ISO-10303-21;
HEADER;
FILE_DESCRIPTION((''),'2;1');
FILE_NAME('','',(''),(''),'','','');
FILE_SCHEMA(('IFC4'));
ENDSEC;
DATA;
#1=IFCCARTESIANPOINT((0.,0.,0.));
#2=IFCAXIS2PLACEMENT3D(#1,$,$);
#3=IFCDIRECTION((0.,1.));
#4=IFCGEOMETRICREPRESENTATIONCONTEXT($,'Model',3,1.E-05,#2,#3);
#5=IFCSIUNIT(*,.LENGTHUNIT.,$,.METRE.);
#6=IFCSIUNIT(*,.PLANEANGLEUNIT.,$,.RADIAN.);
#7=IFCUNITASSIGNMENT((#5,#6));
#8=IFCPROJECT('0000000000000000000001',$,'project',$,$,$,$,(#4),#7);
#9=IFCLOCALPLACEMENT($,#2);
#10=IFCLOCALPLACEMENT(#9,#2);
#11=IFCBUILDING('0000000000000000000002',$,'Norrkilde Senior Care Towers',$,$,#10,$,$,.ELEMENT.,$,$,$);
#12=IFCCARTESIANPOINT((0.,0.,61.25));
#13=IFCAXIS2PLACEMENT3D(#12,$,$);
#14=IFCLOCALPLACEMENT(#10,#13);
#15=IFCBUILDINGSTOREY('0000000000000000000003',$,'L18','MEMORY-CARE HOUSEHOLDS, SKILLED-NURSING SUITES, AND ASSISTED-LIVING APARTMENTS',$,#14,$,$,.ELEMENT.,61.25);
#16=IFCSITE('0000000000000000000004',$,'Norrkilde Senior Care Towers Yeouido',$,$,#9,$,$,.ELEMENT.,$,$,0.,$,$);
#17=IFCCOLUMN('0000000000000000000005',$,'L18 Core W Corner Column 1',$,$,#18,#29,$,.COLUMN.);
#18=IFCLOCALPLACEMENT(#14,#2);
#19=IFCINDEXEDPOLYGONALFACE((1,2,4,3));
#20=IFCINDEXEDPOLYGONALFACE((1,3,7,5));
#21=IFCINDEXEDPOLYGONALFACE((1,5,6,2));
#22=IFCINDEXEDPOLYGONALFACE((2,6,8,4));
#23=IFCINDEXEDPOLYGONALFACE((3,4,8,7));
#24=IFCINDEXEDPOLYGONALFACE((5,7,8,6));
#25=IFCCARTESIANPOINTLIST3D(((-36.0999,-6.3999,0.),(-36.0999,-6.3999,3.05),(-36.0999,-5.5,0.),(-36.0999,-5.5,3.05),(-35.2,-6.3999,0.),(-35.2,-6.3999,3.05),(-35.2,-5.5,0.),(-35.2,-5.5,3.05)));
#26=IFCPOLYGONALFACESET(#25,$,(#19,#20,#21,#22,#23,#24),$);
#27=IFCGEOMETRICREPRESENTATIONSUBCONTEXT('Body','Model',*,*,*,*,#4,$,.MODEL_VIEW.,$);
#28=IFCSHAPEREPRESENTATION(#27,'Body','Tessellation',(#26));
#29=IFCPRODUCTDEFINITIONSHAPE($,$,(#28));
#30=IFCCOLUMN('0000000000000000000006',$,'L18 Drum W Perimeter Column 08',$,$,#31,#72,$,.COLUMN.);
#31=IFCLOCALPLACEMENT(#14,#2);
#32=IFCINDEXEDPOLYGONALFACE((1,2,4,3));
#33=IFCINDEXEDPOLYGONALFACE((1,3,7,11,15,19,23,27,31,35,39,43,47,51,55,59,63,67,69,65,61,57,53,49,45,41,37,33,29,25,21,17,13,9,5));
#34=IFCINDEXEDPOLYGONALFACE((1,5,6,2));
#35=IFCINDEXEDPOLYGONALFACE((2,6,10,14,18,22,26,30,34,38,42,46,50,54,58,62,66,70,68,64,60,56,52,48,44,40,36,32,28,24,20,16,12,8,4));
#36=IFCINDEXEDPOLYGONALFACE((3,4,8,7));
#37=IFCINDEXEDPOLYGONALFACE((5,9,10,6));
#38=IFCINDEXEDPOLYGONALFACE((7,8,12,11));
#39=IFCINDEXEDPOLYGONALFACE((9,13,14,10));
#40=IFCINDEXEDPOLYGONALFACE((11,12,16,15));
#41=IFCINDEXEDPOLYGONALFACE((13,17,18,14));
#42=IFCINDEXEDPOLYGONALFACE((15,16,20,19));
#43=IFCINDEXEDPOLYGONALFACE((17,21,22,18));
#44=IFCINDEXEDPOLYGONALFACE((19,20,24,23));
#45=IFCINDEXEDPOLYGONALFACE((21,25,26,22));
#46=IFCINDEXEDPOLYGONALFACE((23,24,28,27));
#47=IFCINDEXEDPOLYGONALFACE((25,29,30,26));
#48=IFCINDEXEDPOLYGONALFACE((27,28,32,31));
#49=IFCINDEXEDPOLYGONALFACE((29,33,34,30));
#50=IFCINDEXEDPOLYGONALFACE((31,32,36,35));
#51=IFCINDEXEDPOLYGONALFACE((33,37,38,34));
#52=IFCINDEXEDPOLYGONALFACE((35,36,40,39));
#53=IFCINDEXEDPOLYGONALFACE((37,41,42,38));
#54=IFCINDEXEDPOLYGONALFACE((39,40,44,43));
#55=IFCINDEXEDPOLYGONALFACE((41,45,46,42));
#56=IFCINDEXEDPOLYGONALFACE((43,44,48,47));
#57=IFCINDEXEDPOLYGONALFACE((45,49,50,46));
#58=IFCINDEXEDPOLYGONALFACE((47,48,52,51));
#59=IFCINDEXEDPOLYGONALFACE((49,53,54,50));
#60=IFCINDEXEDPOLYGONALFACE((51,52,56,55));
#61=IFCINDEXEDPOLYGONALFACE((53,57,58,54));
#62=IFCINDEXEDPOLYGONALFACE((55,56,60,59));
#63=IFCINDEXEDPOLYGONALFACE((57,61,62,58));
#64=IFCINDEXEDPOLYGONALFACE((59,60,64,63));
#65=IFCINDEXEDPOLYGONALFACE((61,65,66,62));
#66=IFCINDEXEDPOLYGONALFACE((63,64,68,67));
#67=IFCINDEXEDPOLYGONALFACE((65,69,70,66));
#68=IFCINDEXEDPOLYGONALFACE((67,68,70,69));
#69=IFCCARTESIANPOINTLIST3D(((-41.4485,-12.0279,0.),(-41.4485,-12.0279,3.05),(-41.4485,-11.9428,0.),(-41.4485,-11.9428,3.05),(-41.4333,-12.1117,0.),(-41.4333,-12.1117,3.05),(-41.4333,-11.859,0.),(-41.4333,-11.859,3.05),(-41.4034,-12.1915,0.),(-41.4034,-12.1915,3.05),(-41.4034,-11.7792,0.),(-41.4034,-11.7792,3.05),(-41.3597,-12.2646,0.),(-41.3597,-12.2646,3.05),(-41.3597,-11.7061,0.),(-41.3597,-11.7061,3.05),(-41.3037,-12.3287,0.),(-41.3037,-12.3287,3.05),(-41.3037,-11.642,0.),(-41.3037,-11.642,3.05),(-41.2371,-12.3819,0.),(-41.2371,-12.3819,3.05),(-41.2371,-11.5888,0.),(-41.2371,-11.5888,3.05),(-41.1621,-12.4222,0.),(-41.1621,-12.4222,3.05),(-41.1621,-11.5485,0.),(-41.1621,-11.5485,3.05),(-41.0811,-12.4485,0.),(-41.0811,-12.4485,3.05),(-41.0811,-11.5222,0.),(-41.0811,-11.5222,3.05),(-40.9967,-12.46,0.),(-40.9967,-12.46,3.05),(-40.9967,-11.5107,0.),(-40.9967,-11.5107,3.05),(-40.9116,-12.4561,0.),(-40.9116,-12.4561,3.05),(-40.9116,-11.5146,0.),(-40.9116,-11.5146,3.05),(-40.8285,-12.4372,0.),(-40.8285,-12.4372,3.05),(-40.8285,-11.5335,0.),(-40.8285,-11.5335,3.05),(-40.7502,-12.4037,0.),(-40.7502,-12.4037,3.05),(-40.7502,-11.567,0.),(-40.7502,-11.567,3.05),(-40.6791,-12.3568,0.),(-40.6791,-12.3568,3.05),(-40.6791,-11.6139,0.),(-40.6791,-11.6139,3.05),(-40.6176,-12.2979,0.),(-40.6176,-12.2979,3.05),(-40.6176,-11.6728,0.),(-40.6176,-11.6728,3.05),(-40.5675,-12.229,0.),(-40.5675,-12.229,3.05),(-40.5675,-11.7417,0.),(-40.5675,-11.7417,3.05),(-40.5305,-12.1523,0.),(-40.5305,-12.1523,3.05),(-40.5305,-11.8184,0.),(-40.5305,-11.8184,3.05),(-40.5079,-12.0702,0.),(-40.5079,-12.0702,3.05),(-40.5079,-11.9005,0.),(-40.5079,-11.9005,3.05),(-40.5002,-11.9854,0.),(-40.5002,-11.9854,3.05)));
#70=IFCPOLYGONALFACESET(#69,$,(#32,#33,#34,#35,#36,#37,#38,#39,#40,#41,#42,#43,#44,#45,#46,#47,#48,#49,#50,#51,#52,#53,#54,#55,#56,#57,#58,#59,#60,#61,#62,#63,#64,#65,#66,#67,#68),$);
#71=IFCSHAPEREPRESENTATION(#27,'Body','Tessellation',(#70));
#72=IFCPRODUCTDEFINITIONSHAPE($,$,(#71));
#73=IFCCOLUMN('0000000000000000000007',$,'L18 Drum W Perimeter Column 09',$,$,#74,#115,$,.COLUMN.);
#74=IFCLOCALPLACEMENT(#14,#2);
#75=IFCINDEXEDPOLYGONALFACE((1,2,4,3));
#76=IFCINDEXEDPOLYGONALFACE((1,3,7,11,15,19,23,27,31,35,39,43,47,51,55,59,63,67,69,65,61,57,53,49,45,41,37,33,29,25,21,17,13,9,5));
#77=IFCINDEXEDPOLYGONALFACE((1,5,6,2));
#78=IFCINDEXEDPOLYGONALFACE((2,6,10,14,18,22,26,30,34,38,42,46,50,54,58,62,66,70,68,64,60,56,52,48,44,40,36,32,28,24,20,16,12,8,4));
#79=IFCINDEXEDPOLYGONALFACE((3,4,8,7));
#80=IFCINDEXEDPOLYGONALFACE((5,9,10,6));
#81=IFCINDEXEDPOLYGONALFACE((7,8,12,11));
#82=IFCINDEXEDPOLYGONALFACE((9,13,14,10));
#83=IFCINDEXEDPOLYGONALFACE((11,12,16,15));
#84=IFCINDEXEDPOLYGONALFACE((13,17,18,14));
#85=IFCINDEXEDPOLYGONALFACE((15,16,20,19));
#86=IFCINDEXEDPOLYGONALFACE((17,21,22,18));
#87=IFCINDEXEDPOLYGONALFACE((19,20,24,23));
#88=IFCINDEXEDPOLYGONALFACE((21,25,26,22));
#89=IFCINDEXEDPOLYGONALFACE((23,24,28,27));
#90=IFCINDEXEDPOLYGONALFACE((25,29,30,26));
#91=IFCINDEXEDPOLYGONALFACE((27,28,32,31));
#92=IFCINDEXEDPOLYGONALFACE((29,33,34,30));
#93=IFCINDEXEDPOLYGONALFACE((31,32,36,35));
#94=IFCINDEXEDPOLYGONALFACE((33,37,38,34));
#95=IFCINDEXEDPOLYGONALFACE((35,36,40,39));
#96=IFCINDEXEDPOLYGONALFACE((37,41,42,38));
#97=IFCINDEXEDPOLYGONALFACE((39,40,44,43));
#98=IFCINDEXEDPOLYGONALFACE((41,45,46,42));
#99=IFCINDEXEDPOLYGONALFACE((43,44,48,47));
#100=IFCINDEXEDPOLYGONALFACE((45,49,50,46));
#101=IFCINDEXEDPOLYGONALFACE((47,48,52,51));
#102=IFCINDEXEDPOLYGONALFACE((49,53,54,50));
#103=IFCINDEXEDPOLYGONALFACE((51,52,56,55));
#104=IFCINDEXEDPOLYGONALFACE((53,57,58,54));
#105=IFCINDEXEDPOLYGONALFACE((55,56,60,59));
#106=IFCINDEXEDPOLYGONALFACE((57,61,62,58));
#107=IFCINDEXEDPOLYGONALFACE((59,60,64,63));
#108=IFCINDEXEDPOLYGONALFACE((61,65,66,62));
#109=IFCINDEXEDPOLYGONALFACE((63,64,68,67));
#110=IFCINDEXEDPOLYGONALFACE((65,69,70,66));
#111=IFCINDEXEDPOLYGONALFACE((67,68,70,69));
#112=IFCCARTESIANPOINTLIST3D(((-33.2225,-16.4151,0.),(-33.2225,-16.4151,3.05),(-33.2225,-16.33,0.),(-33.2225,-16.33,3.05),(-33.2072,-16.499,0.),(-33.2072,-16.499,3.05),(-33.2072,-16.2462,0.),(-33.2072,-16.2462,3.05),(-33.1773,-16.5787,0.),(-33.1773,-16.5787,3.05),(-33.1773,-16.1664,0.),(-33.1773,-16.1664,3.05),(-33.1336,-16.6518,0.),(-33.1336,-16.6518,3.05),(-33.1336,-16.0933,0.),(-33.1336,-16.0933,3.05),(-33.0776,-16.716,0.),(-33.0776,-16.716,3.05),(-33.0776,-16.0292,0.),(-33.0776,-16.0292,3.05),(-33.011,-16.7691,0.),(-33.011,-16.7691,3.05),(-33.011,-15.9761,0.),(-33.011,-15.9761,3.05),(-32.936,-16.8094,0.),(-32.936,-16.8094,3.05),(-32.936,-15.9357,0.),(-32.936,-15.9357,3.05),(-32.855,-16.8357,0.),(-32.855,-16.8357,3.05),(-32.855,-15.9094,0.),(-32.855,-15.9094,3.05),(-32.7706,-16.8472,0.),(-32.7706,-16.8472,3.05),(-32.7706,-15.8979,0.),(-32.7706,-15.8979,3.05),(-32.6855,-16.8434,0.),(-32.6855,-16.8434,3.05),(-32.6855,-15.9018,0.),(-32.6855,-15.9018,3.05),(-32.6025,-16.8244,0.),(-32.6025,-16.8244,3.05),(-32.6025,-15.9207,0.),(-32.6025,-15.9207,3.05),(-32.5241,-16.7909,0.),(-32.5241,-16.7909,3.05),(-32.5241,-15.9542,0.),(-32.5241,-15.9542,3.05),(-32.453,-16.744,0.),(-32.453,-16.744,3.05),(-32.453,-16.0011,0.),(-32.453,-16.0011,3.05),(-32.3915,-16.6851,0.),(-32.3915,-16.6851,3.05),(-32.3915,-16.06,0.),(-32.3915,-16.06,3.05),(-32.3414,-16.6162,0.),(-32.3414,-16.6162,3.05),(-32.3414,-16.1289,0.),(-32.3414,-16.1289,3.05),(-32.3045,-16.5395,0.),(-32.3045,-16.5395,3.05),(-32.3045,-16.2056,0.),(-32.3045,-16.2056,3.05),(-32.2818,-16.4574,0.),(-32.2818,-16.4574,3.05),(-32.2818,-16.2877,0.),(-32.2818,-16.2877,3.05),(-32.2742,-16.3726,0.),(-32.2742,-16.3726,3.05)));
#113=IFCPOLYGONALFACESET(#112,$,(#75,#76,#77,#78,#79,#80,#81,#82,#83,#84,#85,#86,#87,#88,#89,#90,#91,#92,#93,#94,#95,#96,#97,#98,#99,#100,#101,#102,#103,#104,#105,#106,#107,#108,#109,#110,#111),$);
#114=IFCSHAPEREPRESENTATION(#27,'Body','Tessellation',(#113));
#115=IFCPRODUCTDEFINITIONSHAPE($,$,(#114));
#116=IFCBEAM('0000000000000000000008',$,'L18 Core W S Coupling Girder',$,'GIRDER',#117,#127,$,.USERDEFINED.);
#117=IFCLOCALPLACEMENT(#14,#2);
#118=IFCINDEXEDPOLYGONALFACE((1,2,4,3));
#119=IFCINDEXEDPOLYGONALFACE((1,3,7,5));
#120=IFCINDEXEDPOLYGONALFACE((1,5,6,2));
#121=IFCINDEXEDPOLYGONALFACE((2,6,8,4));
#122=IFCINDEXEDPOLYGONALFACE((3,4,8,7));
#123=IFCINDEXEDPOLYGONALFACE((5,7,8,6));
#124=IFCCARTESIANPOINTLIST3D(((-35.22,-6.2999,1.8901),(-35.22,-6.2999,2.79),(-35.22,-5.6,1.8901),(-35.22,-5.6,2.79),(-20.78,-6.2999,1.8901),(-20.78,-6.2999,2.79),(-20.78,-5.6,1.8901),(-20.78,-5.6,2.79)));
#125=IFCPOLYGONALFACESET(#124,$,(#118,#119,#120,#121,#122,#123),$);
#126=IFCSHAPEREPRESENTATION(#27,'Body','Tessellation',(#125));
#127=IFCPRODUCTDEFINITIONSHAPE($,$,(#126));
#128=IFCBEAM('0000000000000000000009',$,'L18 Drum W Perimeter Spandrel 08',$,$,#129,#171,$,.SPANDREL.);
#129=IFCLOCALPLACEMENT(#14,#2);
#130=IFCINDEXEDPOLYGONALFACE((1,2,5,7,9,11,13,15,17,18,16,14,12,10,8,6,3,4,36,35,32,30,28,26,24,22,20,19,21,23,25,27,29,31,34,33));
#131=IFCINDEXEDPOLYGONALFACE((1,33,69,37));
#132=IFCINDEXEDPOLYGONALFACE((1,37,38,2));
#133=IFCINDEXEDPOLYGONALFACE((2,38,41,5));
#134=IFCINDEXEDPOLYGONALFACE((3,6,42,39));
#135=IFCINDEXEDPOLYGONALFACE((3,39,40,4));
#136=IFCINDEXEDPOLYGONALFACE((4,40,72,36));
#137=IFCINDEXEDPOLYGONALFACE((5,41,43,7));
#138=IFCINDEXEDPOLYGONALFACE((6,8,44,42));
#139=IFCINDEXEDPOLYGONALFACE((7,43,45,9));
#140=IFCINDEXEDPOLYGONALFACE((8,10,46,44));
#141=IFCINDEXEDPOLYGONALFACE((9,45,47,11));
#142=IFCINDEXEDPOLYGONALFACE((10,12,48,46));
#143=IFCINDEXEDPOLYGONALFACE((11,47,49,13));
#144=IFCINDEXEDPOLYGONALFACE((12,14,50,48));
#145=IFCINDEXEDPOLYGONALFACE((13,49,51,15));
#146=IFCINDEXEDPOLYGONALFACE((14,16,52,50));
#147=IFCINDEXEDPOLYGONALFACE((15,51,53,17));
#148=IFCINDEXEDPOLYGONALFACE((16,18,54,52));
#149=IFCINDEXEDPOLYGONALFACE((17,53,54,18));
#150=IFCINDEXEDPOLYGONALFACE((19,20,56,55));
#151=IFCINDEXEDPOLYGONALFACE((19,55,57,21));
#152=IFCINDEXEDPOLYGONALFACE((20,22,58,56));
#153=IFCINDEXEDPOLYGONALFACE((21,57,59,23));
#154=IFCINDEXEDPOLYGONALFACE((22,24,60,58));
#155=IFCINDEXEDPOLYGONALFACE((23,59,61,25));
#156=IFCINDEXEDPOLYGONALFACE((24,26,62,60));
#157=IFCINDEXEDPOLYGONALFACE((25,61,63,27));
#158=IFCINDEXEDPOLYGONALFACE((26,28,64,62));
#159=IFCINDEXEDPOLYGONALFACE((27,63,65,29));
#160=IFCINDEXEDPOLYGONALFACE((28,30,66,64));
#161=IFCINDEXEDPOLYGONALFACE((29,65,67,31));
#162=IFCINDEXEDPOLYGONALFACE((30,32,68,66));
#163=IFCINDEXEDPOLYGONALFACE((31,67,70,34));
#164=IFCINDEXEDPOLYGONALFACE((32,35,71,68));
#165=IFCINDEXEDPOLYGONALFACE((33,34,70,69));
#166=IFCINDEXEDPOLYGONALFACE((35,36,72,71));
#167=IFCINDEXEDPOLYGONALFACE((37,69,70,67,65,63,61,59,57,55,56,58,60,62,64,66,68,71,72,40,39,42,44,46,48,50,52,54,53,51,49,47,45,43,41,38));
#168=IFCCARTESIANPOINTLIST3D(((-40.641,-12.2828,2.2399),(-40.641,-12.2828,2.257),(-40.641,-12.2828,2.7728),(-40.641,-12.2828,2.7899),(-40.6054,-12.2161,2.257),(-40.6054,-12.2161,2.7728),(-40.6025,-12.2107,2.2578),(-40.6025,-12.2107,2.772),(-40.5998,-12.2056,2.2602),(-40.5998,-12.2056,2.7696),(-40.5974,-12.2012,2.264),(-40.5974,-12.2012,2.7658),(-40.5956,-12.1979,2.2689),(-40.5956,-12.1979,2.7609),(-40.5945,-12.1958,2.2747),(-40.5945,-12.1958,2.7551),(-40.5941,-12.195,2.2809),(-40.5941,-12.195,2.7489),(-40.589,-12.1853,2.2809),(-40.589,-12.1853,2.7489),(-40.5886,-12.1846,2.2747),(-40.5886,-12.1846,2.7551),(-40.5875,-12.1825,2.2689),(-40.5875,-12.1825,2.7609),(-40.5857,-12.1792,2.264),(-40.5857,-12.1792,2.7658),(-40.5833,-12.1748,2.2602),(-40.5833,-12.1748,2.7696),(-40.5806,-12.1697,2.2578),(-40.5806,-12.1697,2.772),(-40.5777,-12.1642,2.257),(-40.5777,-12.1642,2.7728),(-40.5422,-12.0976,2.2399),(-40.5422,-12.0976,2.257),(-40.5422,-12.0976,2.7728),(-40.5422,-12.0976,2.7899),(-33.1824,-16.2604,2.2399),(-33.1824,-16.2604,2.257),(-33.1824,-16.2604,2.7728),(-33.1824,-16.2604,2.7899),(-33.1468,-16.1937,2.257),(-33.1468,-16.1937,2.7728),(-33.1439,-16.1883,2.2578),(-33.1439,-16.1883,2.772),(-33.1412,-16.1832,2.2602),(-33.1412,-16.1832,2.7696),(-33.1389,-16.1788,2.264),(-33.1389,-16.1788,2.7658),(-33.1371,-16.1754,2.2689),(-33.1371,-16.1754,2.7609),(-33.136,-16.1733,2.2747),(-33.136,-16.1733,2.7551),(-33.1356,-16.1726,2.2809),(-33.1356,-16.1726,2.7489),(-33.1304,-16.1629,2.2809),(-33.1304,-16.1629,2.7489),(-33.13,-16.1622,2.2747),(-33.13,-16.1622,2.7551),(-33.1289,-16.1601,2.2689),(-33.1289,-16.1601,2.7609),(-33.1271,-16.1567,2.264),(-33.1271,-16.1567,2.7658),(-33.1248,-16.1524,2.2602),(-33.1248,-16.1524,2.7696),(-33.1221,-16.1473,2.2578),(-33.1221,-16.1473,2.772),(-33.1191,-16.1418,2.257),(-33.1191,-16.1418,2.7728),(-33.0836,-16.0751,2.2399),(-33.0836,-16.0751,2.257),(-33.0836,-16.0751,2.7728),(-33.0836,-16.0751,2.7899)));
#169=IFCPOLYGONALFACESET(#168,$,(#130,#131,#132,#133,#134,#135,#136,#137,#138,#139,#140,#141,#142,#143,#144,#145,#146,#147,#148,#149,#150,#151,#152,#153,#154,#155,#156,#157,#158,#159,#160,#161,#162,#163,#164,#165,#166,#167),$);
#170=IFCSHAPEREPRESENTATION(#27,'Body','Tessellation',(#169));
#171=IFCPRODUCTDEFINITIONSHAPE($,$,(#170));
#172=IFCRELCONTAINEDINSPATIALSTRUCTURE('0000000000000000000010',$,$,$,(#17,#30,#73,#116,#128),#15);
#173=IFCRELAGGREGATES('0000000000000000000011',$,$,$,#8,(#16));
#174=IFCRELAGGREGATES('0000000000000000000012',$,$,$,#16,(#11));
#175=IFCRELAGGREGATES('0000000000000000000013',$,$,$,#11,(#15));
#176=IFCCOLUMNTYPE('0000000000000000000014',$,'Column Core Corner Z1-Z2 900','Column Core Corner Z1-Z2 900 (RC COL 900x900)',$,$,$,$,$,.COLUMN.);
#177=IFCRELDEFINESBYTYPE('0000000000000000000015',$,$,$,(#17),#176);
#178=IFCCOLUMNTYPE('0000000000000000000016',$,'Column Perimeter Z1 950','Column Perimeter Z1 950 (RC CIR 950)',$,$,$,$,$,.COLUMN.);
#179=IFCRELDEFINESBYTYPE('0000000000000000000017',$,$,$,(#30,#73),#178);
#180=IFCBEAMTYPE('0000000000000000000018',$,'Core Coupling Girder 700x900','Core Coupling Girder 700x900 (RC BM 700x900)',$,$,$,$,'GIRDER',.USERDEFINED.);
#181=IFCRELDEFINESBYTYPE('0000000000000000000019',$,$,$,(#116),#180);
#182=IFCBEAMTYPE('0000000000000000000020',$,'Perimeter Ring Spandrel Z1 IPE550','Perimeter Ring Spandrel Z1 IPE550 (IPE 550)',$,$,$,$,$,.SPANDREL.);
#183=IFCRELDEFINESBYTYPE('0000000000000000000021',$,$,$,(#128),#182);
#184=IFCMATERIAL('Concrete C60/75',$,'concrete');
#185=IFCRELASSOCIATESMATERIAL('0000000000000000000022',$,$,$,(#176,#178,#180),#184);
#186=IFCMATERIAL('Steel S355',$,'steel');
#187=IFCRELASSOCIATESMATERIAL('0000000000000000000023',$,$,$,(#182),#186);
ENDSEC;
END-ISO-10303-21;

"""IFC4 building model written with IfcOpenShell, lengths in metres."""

from ifc_helpers import new_model, si_unit, direction, frame, origin, origin_2d, place, context, subcontext, project, spatial, rectangle, circle, i_section, extrude, source, transform, mapped, material, material_profile, profile_set, type_object, type_shapes, element, save


model = new_model("IFC4")

# Units and contexts
model_context = context("Model", 3, precision=1e-05, world=origin(), true_north=direction((0.0, 1.0)))
body_context = subcontext(model_context, "Body", "Model", "MODEL_VIEW")
ifc_project = project(units=[si_unit("LENGTHUNIT", "METRE"), si_unit("PLANEANGLEUNIT", "RADIAN")], contexts=[model_context])

# Site, building, storey
site_placement = place(None, origin())
site = spatial("IfcSite", under=ifc_project, at=site_placement, Name="Norrkilde Senior Care Towers Yeouido", CompositionType="ELEMENT", RefElevation=0.0)
building_placement = place(site_placement, origin())
building = spatial("IfcBuilding", under=site, at=building_placement, Name="Norrkilde Senior Care Towers", CompositionType="ELEMENT")
storey_placement = place(building_placement, frame((0.0, 0.0, 61.25)))
storey = spatial("IfcBuildingStorey", under=building, at=storey_placement, Name="L18", Description="MEMORY-CARE HOUSEHOLDS, SKILLED-NURSING SUITES, AND ASSISTED-LIVING APARTMENTS", CompositionType="ELEMENT", Elevation=61.25)

# Columns
ifc_material_1 = material(Name="Concrete C60/75", Category="concrete")
ifc_material_profile_1 = material_profile(ifc_material_1, rectangle(XDim=0.8999, YDim=0.8999, at=origin_2d()), Name="RC COL 900x900")
ifc_profile_set_1 = profile_set([ifc_material_profile_1], Name="Concrete C60/75")
column_type_1 = type_object("IfcColumnType", Name="Column Core Corner Z1-Z2 900", Description="Column Core Corner Z1-Z2 900 (RC COL 900x900)", PredefinedType="COLUMN", material=ifc_profile_set_1)
shared_shape_1 = source(origin(), body_context, "Body", "SweptSolid", [
    extrude(rectangle(XDim=0.8999, YDim=0.8999, at=origin_2d()), origin(), (0.0, 0.0, 1.0), 3.05),
])
type_shapes(column_type_1, [shared_shape_1])
column_placement = place(storey_placement, frame((-35.6499, -5.95, 0.0), z_axis=(0.0, 0.0, 1.0), x_axis=(1.0, 0.0, 0.0)))
element("IfcColumn", 1, at=column_placement, inside=storey, type_object=column_type_1, Name="L18 Core W Corner Column 1", PredefinedType="COLUMN", context=body_context, shape_type="MappedRepresentation", body=[
    mapped(shared_shape_1, transform((0.0, 0.0, 0.0), x_axis=(1.0, 0.0, 0.0), y_axis=(0.0, 1.0, 0.0), z_axis=(0.0, 0.0, 1.0), scale=1.0)),
])
ifc_material_profile_2 = material_profile(ifc_material_1, circle(Radius=0.4751, at=origin_2d()), Name="RC CIR 950")
ifc_profile_set_2 = profile_set([ifc_material_profile_2], Name="Concrete C60/75")
column_type_2 = type_object("IfcColumnType", Name="Column Perimeter Z1 950", Description="Column Perimeter Z1 950 (RC CIR 950)", PredefinedType="COLUMN", material=ifc_profile_set_2)
shared_shape_2 = source(origin(), body_context, "Body", "SweptSolid", [
    extrude(circle(Radius=0.4751, at=origin_2d()), origin(), (0.0, 0.0, 1.0), 3.05),
])
type_shapes(column_type_2, [shared_shape_2])
for number, where, z_axis, x_axis, name in (
    (2, (-40.9753, -11.9854, 0.0), (0.0, 0.0, 1.0), (1.0, 0.0, 0.0), "L18 Drum W Perimeter Column 08"),
    (3, (-32.7493, -16.3726, 0.0), (0.0, 0.0, 1.0), (1.0, 0.0, 0.0), "L18 Drum W Perimeter Column 09"),
):
    element("IfcColumn", number, at=place(storey_placement, frame(where, z_axis=z_axis, x_axis=x_axis)), inside=storey, type_object=column_type_2, Name=name, PredefinedType="COLUMN", context=body_context, shape_type="MappedRepresentation", body=[
        mapped(shared_shape_2, transform((0.0, 0.0, 0.0), x_axis=(1.0, 0.0, 0.0), y_axis=(0.0, 1.0, 0.0), z_axis=(0.0, 0.0, 1.0), scale=1.0)),
    ])

# Beams
ifc_material_profile_3 = material_profile(ifc_material_1, rectangle(XDim=0.7, YDim=0.8999, at=origin_2d()), Name="RC BM 700x900")
ifc_profile_set_3 = profile_set([ifc_material_profile_3], Name="Concrete C60/75")
beam_type_1 = type_object("IfcBeamType", Name="Core Coupling Girder 700x900", Description="Core Coupling Girder 700x900 (RC BM 700x900)", ElementType="GIRDER", PredefinedType="USERDEFINED", material=ifc_profile_set_3)
shared_shape_3 = source(origin(), body_context, "Body", "SweptSolid", [
    extrude(rectangle(XDim=0.7, YDim=0.8999, at=origin_2d()), origin(), (0.0, 0.0, 1.0), 14.4399),
])
type_shapes(beam_type_1, [shared_shape_3])
beam_1_placement = place(storey_placement, frame((-35.22, -5.95, 2.3401), z_axis=(1.0, 0.0, 0.0), x_axis=(0.0, 1.0, 0.0)))
element("IfcBeam", 4, at=beam_1_placement, inside=storey, type_object=beam_type_1, Name="L18 Core W S Coupling Girder", ObjectType="GIRDER", PredefinedType="USERDEFINED", context=body_context, shape_type="MappedRepresentation", body=[
    mapped(shared_shape_3, transform((0.0, 0.0, 0.0), x_axis=(1.0, 0.0, 0.0), y_axis=(0.0, 1.0, 0.0), z_axis=(0.0, 0.0, 1.0), scale=1.0)),
])
ifc_material_2 = material(Name="Steel S355", Category="steel")
ifc_material_profile_4 = material_profile(ifc_material_2, i_section(OverallWidth=0.21, OverallDepth=0.55, WebThickness=0.011, FlangeThickness=0.0171, FilletRadius=0.0239, at=origin_2d()), Name="IPE 550")
ifc_profile_set_4 = profile_set([ifc_material_profile_4], Name="Steel S355")
beam_type_2 = type_object("IfcBeamType", Name="Perimeter Ring Spandrel Z1 IPE550", Description="Perimeter Ring Spandrel Z1 IPE550 (IPE 550)", PredefinedType="SPANDREL", material=ifc_profile_set_4)
shared_shape_4 = source(origin(), body_context, "Body", "SweptSolid", [
    extrude(i_section(OverallWidth=0.21, OverallDepth=0.55, WebThickness=0.011, FlangeThickness=0.0171, FilletRadius=0.0239, at=origin_2d()), origin(), (0.0, 0.0, 1.0), 8.4529),
])
beam_2_placement = place(storey_placement, frame((-40.5916, -12.1902, 2.5149), z_axis=(0.882369, -0.470558, 0.0), x_axis=(0.470558, 0.882369, 0.0)))
element("IfcBeam", 5, at=beam_2_placement, inside=storey, type_object=beam_type_2, Name="L18 Drum W Perimeter Spandrel 08", PredefinedType="SPANDREL", context=body_context, shape_type="MappedRepresentation", body=[
    mapped(shared_shape_4, transform((0.0, 0.0, 0.0), x_axis=(1.0, 0.0, 0.0), y_axis=(0.0, 1.0, 0.0), z_axis=(0.0, 0.0, 1.0), scale=1.0)),
])

save(model, "model.ifc")
